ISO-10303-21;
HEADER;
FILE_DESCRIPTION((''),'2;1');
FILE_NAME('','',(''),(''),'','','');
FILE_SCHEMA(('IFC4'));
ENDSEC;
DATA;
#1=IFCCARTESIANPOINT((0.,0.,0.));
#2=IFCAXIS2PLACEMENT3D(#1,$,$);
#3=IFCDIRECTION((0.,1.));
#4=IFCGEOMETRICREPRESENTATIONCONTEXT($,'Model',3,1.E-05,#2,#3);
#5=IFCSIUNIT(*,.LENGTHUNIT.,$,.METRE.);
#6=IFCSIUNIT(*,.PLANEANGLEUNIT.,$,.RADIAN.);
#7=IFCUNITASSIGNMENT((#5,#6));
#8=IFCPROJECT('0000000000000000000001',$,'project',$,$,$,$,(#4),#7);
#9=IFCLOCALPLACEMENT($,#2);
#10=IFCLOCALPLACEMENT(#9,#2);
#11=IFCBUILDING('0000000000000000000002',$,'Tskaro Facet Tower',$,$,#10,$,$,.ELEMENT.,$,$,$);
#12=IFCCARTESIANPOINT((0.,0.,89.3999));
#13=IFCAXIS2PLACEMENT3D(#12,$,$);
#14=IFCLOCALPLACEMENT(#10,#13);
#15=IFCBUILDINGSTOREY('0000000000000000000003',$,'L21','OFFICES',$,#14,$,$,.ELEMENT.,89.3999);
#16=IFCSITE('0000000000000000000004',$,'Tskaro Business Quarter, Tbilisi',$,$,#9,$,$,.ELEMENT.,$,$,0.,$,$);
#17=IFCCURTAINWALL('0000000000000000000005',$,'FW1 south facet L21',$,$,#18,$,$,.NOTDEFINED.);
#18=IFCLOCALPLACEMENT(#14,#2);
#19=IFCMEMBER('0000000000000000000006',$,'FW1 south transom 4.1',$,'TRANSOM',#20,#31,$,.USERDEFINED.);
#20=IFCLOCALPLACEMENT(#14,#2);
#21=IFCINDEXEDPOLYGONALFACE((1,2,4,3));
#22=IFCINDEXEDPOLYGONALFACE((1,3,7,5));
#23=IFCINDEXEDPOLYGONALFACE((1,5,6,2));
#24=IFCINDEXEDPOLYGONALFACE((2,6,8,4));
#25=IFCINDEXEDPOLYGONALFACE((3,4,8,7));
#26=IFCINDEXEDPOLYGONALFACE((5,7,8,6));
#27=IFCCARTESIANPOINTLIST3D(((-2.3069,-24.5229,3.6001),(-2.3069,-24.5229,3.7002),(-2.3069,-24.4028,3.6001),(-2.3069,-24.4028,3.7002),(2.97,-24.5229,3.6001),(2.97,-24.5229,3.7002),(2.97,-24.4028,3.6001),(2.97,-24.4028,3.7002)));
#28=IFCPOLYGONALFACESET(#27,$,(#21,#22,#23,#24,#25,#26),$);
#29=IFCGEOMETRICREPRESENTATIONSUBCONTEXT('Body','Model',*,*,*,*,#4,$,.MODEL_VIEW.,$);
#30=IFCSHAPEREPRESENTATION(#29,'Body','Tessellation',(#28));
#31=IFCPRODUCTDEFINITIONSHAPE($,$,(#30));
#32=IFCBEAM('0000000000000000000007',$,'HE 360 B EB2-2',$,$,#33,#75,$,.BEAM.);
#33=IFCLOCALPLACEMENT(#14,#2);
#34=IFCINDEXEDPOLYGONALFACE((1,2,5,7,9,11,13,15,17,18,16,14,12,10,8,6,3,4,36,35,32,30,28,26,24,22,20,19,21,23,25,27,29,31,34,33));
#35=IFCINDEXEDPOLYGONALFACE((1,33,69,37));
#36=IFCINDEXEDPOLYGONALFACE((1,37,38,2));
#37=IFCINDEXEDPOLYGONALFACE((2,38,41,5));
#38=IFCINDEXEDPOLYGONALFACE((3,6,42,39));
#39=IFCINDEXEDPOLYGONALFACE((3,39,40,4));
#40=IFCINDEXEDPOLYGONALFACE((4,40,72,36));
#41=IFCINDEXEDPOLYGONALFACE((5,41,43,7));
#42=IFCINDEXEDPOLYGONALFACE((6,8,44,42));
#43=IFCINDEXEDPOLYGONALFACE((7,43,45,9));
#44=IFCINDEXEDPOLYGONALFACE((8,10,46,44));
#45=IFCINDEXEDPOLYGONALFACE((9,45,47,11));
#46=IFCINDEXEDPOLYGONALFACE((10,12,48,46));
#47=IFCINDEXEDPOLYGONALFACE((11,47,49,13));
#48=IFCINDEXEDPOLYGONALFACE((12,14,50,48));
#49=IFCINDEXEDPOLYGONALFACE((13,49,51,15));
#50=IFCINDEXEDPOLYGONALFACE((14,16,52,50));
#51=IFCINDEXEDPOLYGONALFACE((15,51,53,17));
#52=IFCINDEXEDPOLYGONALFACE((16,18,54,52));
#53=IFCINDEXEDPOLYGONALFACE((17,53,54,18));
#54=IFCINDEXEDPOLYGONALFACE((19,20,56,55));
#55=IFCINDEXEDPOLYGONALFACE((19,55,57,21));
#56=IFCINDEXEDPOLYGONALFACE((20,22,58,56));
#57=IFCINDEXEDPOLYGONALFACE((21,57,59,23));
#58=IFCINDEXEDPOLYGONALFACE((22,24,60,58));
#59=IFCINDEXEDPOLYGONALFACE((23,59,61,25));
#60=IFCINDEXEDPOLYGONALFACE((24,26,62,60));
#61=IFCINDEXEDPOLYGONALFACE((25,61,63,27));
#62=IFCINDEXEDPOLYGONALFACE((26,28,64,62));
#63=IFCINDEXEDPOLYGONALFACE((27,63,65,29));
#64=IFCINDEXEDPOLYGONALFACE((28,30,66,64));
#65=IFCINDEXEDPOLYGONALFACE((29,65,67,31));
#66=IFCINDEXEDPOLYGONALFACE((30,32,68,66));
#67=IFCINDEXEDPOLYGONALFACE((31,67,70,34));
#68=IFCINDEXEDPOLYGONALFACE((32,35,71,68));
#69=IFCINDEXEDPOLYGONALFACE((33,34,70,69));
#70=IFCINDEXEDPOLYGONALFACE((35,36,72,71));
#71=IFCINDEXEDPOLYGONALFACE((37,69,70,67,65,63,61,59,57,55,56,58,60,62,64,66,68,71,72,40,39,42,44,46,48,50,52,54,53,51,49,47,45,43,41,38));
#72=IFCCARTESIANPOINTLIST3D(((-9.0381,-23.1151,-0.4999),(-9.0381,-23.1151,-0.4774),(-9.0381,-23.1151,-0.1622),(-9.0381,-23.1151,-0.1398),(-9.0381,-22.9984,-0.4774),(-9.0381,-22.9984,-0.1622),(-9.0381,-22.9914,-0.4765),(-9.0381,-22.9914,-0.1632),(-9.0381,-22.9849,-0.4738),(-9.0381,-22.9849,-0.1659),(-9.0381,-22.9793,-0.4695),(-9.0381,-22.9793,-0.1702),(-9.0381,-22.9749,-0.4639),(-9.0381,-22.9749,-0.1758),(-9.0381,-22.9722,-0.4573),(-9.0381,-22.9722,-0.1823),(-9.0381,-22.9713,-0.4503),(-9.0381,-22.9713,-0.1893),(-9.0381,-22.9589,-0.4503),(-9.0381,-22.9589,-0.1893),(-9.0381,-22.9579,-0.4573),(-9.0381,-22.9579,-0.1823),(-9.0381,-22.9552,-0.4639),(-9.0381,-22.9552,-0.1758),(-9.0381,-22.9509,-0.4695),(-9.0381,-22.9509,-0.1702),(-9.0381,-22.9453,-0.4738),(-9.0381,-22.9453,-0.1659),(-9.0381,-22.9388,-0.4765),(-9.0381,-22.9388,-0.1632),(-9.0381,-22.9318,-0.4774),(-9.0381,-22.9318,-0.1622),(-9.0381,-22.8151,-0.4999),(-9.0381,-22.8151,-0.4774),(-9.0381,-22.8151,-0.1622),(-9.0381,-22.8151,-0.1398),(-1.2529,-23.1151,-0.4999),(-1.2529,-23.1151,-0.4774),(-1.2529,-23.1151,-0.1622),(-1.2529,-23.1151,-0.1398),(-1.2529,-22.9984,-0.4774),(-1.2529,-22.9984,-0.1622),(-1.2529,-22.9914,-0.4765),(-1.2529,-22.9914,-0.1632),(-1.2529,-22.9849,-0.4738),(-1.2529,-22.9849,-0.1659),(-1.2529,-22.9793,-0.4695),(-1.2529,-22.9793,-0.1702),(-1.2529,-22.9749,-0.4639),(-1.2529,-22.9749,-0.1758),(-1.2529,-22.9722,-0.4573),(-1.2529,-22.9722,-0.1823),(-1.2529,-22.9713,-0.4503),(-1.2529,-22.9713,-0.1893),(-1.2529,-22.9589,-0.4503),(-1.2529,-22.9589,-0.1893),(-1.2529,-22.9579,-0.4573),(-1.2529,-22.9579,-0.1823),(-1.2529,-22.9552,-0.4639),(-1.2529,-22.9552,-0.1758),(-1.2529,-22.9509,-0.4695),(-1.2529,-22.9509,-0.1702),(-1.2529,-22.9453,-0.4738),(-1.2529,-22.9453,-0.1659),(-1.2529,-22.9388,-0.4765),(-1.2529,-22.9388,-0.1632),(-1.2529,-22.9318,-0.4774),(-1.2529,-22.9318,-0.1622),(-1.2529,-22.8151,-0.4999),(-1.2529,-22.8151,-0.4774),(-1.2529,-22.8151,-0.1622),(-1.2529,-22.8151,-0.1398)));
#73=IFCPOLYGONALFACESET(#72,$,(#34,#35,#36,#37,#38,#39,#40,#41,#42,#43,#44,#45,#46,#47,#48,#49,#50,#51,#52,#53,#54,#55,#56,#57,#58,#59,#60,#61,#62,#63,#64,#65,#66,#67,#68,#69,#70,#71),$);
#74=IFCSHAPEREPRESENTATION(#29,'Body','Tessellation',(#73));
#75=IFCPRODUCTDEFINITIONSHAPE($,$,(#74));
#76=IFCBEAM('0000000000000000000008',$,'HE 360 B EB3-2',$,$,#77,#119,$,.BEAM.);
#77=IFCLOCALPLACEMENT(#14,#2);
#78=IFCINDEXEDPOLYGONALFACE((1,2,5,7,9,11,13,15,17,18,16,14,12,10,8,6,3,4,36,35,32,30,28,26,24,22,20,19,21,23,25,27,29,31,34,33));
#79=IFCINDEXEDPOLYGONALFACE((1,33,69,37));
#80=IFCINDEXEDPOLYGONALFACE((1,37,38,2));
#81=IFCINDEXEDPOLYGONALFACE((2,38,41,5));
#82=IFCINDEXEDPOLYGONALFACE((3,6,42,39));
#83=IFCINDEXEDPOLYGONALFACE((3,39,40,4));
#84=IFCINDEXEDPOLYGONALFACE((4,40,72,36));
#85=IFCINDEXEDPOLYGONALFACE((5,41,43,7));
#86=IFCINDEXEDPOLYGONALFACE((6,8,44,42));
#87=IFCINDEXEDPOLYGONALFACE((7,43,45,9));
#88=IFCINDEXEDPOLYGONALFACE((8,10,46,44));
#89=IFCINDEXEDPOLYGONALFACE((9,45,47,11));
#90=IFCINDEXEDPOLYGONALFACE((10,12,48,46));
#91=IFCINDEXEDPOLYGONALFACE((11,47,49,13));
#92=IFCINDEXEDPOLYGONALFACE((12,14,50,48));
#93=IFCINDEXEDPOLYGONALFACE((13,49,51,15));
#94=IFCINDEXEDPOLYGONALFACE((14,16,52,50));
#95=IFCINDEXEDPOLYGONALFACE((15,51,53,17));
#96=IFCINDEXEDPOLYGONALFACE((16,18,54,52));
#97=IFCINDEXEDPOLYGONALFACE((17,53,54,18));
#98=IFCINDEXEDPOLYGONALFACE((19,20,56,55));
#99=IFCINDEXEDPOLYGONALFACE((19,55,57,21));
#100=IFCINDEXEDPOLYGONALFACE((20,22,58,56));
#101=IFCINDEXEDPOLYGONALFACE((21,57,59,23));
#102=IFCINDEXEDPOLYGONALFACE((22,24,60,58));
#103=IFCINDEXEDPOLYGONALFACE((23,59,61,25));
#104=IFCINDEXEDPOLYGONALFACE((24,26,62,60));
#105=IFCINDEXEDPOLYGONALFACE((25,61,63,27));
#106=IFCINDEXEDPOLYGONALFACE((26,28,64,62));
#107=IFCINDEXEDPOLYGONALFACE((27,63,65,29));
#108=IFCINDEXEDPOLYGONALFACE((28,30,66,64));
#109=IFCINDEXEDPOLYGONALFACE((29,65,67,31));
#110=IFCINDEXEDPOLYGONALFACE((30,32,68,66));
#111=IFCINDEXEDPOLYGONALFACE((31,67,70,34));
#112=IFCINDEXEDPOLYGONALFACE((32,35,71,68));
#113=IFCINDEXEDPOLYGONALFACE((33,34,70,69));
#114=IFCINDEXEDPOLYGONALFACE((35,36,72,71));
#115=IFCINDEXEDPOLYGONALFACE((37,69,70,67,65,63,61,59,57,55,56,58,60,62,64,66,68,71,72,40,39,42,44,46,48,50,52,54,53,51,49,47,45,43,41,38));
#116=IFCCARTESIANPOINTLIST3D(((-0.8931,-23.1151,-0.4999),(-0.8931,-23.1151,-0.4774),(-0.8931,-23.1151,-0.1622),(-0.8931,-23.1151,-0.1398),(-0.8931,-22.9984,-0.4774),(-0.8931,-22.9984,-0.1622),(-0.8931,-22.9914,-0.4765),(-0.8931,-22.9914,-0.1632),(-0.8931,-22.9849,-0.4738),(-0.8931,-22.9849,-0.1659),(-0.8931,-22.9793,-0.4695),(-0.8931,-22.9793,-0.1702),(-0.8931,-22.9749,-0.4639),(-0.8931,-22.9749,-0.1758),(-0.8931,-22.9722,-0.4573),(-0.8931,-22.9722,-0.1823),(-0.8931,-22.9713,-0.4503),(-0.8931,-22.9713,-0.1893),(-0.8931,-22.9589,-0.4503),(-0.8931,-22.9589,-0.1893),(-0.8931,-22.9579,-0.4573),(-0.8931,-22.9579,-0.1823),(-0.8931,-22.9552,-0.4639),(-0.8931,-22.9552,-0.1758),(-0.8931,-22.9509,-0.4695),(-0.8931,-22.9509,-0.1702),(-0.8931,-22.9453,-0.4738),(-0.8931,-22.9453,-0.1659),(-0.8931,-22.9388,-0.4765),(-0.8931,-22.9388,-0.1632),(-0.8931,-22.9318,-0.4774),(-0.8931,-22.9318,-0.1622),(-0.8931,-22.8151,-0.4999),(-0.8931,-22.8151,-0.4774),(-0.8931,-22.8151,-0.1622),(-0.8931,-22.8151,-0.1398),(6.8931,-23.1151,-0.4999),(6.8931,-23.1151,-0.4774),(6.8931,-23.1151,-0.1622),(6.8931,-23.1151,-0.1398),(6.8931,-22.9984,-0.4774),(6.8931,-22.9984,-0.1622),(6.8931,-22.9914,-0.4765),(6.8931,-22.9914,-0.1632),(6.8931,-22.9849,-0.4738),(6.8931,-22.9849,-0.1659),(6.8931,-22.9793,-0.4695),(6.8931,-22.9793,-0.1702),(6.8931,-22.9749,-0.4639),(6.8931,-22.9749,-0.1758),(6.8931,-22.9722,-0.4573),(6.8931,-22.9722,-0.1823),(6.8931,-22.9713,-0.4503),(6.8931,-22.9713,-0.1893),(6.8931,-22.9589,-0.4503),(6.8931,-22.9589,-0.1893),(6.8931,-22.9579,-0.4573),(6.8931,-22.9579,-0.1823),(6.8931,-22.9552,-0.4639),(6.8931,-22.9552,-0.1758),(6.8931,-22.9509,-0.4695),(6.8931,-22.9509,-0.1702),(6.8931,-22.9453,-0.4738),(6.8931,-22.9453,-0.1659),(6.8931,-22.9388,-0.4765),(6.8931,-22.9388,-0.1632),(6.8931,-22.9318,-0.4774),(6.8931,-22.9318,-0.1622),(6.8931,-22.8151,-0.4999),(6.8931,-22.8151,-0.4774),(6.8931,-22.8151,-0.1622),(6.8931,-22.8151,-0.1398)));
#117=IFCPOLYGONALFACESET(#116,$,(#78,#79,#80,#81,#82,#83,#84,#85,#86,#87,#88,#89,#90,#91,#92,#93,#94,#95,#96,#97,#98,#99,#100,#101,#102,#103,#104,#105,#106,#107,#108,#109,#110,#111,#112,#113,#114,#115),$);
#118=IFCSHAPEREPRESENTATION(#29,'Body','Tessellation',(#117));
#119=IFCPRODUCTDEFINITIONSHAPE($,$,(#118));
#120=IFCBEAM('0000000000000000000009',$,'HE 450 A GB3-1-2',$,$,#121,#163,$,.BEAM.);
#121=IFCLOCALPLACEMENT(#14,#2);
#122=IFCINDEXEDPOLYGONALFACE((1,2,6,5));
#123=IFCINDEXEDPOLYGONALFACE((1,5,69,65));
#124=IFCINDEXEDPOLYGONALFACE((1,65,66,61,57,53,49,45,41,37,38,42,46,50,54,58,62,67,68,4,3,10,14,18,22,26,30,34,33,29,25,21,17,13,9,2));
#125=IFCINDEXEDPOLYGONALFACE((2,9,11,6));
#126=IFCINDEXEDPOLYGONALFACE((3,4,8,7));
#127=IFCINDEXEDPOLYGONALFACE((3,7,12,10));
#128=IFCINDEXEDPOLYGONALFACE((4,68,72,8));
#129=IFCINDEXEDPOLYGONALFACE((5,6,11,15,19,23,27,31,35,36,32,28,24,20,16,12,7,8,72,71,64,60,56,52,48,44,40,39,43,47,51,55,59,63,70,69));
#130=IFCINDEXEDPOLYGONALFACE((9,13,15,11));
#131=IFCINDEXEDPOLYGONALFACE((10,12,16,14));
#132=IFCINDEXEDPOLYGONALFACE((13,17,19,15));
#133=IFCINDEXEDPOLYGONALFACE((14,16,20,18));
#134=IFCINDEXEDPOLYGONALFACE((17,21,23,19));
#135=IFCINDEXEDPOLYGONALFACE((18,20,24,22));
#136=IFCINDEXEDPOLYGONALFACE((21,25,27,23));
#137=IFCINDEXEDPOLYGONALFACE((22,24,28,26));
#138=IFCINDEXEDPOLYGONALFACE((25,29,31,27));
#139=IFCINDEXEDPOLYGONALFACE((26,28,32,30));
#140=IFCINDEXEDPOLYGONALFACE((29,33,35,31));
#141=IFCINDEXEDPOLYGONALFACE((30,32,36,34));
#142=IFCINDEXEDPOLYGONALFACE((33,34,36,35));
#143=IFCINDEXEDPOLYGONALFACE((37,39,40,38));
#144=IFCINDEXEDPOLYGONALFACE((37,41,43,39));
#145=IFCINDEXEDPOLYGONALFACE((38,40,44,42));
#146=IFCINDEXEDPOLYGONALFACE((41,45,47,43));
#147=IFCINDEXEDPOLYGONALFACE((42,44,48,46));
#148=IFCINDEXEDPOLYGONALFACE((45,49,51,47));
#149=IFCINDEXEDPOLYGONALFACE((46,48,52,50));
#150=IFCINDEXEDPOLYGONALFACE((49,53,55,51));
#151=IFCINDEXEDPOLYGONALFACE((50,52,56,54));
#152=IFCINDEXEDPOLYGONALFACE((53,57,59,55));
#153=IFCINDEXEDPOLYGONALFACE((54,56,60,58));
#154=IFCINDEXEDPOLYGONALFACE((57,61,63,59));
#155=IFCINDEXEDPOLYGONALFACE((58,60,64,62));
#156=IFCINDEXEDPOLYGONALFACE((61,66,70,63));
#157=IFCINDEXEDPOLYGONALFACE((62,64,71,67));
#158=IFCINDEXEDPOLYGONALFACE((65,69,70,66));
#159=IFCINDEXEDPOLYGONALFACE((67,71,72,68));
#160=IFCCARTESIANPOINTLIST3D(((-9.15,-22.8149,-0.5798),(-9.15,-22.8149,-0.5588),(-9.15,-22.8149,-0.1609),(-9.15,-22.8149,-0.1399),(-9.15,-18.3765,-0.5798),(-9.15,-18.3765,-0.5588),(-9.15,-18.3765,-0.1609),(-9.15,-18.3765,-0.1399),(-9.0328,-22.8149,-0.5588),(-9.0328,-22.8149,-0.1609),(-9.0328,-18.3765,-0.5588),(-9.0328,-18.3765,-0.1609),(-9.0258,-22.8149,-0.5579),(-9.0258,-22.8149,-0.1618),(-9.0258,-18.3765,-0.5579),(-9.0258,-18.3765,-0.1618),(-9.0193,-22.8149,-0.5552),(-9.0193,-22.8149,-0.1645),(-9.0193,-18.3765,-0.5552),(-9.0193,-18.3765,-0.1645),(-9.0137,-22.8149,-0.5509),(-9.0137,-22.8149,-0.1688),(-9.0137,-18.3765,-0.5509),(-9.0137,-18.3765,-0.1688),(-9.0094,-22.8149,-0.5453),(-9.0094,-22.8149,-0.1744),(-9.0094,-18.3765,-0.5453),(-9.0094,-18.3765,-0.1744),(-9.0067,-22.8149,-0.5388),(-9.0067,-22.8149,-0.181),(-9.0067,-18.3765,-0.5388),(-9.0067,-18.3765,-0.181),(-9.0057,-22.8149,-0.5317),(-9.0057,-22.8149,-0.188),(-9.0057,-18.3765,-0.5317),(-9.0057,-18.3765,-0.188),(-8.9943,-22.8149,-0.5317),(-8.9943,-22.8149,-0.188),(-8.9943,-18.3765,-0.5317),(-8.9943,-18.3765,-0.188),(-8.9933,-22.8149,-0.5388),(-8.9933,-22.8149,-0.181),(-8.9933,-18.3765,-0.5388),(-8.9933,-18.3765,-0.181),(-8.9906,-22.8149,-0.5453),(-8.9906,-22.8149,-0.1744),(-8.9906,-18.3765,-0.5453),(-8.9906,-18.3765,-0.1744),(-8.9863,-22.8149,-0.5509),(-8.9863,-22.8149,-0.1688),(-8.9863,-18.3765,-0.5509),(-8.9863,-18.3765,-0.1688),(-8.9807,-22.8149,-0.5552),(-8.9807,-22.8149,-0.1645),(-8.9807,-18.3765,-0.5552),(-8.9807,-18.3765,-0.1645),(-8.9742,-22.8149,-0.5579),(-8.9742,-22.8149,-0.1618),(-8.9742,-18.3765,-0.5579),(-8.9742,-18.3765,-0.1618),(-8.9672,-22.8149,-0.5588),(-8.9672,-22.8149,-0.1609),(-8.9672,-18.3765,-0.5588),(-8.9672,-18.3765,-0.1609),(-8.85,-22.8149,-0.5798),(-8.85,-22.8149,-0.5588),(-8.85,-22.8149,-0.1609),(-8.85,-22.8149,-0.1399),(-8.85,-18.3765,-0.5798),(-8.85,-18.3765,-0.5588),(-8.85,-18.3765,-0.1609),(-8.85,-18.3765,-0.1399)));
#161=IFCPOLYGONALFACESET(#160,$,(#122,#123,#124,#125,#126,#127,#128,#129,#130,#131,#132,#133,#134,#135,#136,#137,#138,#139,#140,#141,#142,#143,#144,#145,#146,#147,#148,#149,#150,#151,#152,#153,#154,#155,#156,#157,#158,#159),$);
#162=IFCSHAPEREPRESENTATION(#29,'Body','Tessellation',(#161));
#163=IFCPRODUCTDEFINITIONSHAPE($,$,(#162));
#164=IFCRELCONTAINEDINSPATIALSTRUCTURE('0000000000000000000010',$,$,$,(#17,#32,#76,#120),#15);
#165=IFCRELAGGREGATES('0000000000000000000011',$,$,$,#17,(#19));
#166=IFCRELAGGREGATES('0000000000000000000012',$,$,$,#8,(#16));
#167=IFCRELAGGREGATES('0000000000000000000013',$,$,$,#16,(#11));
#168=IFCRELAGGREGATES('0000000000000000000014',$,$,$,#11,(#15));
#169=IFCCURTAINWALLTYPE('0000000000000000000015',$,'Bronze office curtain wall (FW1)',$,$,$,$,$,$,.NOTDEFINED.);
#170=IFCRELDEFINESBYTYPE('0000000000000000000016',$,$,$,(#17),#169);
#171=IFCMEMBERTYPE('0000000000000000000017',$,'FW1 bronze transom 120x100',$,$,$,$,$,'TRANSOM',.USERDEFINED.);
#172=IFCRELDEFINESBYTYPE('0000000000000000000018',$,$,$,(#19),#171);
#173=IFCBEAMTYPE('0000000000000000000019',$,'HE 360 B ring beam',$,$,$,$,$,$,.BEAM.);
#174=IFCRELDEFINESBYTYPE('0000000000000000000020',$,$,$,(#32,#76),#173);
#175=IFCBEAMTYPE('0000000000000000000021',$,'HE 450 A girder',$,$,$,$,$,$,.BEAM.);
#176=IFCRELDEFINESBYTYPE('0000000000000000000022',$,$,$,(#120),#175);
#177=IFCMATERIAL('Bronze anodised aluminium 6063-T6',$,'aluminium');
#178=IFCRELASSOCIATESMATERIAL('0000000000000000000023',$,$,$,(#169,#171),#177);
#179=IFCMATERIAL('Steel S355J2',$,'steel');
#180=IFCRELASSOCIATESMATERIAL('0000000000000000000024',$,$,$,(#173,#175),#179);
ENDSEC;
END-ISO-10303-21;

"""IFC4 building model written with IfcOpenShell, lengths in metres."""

from ifc_helpers import new_model, si_unit, direction, frame, origin, origin_2d, place, context, subcontext, project, spatial, rectangle, i_section, extrude, material, material_profile, profile_set, type_object, element, aggregate, save


model = new_model("IFC4")

# Units and contexts
model_context = context("Model", 3, precision=1e-05, world=origin(), true_north=direction((0.0, 1.0)))
body_context = subcontext(model_context, "Body", "Model", "MODEL_VIEW")
ifc_project = project(units=[si_unit("LENGTHUNIT", "METRE"), si_unit("PLANEANGLEUNIT", "RADIAN")], contexts=[model_context])

# Site, building, storey
site_placement = place(None, origin())
site = spatial("IfcSite", under=ifc_project, at=site_placement, Name="Tskaro Business Quarter, Tbilisi", CompositionType="ELEMENT", RefElevation=0.0)
building_placement = place(site_placement, origin())
building = spatial("IfcBuilding", under=site, at=building_placement, Name="Tskaro Facet Tower", CompositionType="ELEMENT")
storey_placement = place(building_placement, frame((0.0, 0.0, 89.3999)))
storey = spatial("IfcBuildingStorey", under=building, at=storey_placement, Name="L21", Description="OFFICES", CompositionType="ELEMENT", Elevation=89.3999)

# Curtain wall, member
ifc_material_1 = material(Name="Bronze anodised aluminium 6063-T6", Category="aluminium")
curtain_wall_type = type_object("IfcCurtainWallType", Name="Bronze office curtain wall (FW1)", PredefinedType="NOTDEFINED", material=ifc_material_1)
curtain_wall_placement = place(storey_placement, origin())
curtain_wall = element("IfcCurtainWall", 1, at=curtain_wall_placement, inside=storey, type_object=curtain_wall_type, Name="FW1 south facet L21", PredefinedType="NOTDEFINED")
ifc_material_profile_1 = material_profile(ifc_material_1, rectangle(XDim=0.1201, YDim=0.1001, at=origin_2d()), Name="Transom 120x100")
ifc_profile_set_1 = profile_set([ifc_material_profile_1], Name="Bronze anodised aluminium 6063-T6")
member_type_1 = type_object("IfcMemberType", Name="FW1 bronze transom 120x100", ElementType="TRANSOM", PredefinedType="USERDEFINED", material=ifc_profile_set_1)
member_1_placement = place(storey_placement, frame((-2.3069, -24.4629, 3.6501), z_axis=(1.0, 0.0, 0.0), x_axis=(0.0, 1.0, 0.0)))
member_1 = element("IfcMember", 2, at=member_1_placement, type_object=member_type_1, Name="FW1 south transom 4.1", ObjectType="TRANSOM", PredefinedType="USERDEFINED", context=body_context, shape_type="SweptSolid", body=[
    extrude(rectangle(XDim=0.1201, YDim=0.1001, at=origin_2d()), origin(), (0.0, 0.0, 1.0), 5.2769),
])

# Beams
ifc_material_2 = material(Name="Steel S355J2", Category="steel")
ifc_material_profile_2 = material_profile(ifc_material_2, i_section(OverallWidth=0.3, OverallDepth=0.3601, WebThickness=0.0125, FlangeThickness=0.0225, FilletRadius=0.0271, at=origin_2d()), Name="HE 360 B")
ifc_profile_set_2 = profile_set([ifc_material_profile_2], Name="Steel S355J2")
beam_type_1 = type_object("IfcBeamType", Name="HE 360 B ring beam", PredefinedType="BEAM", material=ifc_profile_set_2)
beam_1_placement = place(storey_placement, frame((-9.0381, -22.9651, -0.3198), z_axis=(1.0, 0.0, 0.0), x_axis=(0.0, 1.0, 0.0)))
element("IfcBeam", 3, at=beam_1_placement, inside=storey, type_object=beam_type_1, Name="HE 360 B EB2-2", PredefinedType="BEAM", context=body_context, shape_type="SweptSolid", body=[
    extrude(i_section(OverallWidth=0.3, OverallDepth=0.3601, WebThickness=0.0125, FlangeThickness=0.0225, FilletRadius=0.0271, at=origin_2d()), origin(), (0.0, 0.0, 1.0), 7.7852),
])
beam_2_placement = place(storey_placement, frame((-0.8931, -22.9651, -0.3198), z_axis=(1.0, 0.0, 0.0), x_axis=(0.0, 1.0, 0.0)))
element("IfcBeam", 4, at=beam_2_placement, inside=storey, type_object=beam_type_1, Name="HE 360 B EB3-2", PredefinedType="BEAM", context=body_context, shape_type="SweptSolid", body=[
    extrude(i_section(OverallWidth=0.3, OverallDepth=0.3601, WebThickness=0.0125, FlangeThickness=0.0225, FilletRadius=0.0271, at=origin_2d()), origin(), (0.0, 0.0, 1.0), 7.7861),
])
ifc_material_profile_3 = material_profile(ifc_material_2, i_section(OverallWidth=0.3, OverallDepth=0.4399, WebThickness=0.0115, FlangeThickness=0.021, FilletRadius=0.0271, at=origin_2d()), Name="HE 450 A")
ifc_profile_set_3 = profile_set([ifc_material_profile_3], Name="Steel S355J2")
beam_type_2 = type_object("IfcBeamType", Name="HE 450 A girder", PredefinedType="BEAM", material=ifc_profile_set_3)
beam_3_placement = place(storey_placement, frame((-9.0, -22.8149, -0.3599), z_axis=(0.0, 1.0, 0.0), x_axis=(-1.0, 0.0, 0.0)))
element("IfcBeam", 5, at=beam_3_placement, inside=storey, type_object=beam_type_2, Name="HE 450 A GB3-1-2", PredefinedType="BEAM", context=body_context, shape_type="SweptSolid", body=[
    extrude(i_section(OverallWidth=0.3, OverallDepth=0.4399, WebThickness=0.0115, FlangeThickness=0.021, FilletRadius=0.0271, at=origin_2d()), origin(), (0.0, 0.0, 1.0), 4.4385),
])

aggregate(curtain_wall, [member_1])

save(model, "model.ifc")
